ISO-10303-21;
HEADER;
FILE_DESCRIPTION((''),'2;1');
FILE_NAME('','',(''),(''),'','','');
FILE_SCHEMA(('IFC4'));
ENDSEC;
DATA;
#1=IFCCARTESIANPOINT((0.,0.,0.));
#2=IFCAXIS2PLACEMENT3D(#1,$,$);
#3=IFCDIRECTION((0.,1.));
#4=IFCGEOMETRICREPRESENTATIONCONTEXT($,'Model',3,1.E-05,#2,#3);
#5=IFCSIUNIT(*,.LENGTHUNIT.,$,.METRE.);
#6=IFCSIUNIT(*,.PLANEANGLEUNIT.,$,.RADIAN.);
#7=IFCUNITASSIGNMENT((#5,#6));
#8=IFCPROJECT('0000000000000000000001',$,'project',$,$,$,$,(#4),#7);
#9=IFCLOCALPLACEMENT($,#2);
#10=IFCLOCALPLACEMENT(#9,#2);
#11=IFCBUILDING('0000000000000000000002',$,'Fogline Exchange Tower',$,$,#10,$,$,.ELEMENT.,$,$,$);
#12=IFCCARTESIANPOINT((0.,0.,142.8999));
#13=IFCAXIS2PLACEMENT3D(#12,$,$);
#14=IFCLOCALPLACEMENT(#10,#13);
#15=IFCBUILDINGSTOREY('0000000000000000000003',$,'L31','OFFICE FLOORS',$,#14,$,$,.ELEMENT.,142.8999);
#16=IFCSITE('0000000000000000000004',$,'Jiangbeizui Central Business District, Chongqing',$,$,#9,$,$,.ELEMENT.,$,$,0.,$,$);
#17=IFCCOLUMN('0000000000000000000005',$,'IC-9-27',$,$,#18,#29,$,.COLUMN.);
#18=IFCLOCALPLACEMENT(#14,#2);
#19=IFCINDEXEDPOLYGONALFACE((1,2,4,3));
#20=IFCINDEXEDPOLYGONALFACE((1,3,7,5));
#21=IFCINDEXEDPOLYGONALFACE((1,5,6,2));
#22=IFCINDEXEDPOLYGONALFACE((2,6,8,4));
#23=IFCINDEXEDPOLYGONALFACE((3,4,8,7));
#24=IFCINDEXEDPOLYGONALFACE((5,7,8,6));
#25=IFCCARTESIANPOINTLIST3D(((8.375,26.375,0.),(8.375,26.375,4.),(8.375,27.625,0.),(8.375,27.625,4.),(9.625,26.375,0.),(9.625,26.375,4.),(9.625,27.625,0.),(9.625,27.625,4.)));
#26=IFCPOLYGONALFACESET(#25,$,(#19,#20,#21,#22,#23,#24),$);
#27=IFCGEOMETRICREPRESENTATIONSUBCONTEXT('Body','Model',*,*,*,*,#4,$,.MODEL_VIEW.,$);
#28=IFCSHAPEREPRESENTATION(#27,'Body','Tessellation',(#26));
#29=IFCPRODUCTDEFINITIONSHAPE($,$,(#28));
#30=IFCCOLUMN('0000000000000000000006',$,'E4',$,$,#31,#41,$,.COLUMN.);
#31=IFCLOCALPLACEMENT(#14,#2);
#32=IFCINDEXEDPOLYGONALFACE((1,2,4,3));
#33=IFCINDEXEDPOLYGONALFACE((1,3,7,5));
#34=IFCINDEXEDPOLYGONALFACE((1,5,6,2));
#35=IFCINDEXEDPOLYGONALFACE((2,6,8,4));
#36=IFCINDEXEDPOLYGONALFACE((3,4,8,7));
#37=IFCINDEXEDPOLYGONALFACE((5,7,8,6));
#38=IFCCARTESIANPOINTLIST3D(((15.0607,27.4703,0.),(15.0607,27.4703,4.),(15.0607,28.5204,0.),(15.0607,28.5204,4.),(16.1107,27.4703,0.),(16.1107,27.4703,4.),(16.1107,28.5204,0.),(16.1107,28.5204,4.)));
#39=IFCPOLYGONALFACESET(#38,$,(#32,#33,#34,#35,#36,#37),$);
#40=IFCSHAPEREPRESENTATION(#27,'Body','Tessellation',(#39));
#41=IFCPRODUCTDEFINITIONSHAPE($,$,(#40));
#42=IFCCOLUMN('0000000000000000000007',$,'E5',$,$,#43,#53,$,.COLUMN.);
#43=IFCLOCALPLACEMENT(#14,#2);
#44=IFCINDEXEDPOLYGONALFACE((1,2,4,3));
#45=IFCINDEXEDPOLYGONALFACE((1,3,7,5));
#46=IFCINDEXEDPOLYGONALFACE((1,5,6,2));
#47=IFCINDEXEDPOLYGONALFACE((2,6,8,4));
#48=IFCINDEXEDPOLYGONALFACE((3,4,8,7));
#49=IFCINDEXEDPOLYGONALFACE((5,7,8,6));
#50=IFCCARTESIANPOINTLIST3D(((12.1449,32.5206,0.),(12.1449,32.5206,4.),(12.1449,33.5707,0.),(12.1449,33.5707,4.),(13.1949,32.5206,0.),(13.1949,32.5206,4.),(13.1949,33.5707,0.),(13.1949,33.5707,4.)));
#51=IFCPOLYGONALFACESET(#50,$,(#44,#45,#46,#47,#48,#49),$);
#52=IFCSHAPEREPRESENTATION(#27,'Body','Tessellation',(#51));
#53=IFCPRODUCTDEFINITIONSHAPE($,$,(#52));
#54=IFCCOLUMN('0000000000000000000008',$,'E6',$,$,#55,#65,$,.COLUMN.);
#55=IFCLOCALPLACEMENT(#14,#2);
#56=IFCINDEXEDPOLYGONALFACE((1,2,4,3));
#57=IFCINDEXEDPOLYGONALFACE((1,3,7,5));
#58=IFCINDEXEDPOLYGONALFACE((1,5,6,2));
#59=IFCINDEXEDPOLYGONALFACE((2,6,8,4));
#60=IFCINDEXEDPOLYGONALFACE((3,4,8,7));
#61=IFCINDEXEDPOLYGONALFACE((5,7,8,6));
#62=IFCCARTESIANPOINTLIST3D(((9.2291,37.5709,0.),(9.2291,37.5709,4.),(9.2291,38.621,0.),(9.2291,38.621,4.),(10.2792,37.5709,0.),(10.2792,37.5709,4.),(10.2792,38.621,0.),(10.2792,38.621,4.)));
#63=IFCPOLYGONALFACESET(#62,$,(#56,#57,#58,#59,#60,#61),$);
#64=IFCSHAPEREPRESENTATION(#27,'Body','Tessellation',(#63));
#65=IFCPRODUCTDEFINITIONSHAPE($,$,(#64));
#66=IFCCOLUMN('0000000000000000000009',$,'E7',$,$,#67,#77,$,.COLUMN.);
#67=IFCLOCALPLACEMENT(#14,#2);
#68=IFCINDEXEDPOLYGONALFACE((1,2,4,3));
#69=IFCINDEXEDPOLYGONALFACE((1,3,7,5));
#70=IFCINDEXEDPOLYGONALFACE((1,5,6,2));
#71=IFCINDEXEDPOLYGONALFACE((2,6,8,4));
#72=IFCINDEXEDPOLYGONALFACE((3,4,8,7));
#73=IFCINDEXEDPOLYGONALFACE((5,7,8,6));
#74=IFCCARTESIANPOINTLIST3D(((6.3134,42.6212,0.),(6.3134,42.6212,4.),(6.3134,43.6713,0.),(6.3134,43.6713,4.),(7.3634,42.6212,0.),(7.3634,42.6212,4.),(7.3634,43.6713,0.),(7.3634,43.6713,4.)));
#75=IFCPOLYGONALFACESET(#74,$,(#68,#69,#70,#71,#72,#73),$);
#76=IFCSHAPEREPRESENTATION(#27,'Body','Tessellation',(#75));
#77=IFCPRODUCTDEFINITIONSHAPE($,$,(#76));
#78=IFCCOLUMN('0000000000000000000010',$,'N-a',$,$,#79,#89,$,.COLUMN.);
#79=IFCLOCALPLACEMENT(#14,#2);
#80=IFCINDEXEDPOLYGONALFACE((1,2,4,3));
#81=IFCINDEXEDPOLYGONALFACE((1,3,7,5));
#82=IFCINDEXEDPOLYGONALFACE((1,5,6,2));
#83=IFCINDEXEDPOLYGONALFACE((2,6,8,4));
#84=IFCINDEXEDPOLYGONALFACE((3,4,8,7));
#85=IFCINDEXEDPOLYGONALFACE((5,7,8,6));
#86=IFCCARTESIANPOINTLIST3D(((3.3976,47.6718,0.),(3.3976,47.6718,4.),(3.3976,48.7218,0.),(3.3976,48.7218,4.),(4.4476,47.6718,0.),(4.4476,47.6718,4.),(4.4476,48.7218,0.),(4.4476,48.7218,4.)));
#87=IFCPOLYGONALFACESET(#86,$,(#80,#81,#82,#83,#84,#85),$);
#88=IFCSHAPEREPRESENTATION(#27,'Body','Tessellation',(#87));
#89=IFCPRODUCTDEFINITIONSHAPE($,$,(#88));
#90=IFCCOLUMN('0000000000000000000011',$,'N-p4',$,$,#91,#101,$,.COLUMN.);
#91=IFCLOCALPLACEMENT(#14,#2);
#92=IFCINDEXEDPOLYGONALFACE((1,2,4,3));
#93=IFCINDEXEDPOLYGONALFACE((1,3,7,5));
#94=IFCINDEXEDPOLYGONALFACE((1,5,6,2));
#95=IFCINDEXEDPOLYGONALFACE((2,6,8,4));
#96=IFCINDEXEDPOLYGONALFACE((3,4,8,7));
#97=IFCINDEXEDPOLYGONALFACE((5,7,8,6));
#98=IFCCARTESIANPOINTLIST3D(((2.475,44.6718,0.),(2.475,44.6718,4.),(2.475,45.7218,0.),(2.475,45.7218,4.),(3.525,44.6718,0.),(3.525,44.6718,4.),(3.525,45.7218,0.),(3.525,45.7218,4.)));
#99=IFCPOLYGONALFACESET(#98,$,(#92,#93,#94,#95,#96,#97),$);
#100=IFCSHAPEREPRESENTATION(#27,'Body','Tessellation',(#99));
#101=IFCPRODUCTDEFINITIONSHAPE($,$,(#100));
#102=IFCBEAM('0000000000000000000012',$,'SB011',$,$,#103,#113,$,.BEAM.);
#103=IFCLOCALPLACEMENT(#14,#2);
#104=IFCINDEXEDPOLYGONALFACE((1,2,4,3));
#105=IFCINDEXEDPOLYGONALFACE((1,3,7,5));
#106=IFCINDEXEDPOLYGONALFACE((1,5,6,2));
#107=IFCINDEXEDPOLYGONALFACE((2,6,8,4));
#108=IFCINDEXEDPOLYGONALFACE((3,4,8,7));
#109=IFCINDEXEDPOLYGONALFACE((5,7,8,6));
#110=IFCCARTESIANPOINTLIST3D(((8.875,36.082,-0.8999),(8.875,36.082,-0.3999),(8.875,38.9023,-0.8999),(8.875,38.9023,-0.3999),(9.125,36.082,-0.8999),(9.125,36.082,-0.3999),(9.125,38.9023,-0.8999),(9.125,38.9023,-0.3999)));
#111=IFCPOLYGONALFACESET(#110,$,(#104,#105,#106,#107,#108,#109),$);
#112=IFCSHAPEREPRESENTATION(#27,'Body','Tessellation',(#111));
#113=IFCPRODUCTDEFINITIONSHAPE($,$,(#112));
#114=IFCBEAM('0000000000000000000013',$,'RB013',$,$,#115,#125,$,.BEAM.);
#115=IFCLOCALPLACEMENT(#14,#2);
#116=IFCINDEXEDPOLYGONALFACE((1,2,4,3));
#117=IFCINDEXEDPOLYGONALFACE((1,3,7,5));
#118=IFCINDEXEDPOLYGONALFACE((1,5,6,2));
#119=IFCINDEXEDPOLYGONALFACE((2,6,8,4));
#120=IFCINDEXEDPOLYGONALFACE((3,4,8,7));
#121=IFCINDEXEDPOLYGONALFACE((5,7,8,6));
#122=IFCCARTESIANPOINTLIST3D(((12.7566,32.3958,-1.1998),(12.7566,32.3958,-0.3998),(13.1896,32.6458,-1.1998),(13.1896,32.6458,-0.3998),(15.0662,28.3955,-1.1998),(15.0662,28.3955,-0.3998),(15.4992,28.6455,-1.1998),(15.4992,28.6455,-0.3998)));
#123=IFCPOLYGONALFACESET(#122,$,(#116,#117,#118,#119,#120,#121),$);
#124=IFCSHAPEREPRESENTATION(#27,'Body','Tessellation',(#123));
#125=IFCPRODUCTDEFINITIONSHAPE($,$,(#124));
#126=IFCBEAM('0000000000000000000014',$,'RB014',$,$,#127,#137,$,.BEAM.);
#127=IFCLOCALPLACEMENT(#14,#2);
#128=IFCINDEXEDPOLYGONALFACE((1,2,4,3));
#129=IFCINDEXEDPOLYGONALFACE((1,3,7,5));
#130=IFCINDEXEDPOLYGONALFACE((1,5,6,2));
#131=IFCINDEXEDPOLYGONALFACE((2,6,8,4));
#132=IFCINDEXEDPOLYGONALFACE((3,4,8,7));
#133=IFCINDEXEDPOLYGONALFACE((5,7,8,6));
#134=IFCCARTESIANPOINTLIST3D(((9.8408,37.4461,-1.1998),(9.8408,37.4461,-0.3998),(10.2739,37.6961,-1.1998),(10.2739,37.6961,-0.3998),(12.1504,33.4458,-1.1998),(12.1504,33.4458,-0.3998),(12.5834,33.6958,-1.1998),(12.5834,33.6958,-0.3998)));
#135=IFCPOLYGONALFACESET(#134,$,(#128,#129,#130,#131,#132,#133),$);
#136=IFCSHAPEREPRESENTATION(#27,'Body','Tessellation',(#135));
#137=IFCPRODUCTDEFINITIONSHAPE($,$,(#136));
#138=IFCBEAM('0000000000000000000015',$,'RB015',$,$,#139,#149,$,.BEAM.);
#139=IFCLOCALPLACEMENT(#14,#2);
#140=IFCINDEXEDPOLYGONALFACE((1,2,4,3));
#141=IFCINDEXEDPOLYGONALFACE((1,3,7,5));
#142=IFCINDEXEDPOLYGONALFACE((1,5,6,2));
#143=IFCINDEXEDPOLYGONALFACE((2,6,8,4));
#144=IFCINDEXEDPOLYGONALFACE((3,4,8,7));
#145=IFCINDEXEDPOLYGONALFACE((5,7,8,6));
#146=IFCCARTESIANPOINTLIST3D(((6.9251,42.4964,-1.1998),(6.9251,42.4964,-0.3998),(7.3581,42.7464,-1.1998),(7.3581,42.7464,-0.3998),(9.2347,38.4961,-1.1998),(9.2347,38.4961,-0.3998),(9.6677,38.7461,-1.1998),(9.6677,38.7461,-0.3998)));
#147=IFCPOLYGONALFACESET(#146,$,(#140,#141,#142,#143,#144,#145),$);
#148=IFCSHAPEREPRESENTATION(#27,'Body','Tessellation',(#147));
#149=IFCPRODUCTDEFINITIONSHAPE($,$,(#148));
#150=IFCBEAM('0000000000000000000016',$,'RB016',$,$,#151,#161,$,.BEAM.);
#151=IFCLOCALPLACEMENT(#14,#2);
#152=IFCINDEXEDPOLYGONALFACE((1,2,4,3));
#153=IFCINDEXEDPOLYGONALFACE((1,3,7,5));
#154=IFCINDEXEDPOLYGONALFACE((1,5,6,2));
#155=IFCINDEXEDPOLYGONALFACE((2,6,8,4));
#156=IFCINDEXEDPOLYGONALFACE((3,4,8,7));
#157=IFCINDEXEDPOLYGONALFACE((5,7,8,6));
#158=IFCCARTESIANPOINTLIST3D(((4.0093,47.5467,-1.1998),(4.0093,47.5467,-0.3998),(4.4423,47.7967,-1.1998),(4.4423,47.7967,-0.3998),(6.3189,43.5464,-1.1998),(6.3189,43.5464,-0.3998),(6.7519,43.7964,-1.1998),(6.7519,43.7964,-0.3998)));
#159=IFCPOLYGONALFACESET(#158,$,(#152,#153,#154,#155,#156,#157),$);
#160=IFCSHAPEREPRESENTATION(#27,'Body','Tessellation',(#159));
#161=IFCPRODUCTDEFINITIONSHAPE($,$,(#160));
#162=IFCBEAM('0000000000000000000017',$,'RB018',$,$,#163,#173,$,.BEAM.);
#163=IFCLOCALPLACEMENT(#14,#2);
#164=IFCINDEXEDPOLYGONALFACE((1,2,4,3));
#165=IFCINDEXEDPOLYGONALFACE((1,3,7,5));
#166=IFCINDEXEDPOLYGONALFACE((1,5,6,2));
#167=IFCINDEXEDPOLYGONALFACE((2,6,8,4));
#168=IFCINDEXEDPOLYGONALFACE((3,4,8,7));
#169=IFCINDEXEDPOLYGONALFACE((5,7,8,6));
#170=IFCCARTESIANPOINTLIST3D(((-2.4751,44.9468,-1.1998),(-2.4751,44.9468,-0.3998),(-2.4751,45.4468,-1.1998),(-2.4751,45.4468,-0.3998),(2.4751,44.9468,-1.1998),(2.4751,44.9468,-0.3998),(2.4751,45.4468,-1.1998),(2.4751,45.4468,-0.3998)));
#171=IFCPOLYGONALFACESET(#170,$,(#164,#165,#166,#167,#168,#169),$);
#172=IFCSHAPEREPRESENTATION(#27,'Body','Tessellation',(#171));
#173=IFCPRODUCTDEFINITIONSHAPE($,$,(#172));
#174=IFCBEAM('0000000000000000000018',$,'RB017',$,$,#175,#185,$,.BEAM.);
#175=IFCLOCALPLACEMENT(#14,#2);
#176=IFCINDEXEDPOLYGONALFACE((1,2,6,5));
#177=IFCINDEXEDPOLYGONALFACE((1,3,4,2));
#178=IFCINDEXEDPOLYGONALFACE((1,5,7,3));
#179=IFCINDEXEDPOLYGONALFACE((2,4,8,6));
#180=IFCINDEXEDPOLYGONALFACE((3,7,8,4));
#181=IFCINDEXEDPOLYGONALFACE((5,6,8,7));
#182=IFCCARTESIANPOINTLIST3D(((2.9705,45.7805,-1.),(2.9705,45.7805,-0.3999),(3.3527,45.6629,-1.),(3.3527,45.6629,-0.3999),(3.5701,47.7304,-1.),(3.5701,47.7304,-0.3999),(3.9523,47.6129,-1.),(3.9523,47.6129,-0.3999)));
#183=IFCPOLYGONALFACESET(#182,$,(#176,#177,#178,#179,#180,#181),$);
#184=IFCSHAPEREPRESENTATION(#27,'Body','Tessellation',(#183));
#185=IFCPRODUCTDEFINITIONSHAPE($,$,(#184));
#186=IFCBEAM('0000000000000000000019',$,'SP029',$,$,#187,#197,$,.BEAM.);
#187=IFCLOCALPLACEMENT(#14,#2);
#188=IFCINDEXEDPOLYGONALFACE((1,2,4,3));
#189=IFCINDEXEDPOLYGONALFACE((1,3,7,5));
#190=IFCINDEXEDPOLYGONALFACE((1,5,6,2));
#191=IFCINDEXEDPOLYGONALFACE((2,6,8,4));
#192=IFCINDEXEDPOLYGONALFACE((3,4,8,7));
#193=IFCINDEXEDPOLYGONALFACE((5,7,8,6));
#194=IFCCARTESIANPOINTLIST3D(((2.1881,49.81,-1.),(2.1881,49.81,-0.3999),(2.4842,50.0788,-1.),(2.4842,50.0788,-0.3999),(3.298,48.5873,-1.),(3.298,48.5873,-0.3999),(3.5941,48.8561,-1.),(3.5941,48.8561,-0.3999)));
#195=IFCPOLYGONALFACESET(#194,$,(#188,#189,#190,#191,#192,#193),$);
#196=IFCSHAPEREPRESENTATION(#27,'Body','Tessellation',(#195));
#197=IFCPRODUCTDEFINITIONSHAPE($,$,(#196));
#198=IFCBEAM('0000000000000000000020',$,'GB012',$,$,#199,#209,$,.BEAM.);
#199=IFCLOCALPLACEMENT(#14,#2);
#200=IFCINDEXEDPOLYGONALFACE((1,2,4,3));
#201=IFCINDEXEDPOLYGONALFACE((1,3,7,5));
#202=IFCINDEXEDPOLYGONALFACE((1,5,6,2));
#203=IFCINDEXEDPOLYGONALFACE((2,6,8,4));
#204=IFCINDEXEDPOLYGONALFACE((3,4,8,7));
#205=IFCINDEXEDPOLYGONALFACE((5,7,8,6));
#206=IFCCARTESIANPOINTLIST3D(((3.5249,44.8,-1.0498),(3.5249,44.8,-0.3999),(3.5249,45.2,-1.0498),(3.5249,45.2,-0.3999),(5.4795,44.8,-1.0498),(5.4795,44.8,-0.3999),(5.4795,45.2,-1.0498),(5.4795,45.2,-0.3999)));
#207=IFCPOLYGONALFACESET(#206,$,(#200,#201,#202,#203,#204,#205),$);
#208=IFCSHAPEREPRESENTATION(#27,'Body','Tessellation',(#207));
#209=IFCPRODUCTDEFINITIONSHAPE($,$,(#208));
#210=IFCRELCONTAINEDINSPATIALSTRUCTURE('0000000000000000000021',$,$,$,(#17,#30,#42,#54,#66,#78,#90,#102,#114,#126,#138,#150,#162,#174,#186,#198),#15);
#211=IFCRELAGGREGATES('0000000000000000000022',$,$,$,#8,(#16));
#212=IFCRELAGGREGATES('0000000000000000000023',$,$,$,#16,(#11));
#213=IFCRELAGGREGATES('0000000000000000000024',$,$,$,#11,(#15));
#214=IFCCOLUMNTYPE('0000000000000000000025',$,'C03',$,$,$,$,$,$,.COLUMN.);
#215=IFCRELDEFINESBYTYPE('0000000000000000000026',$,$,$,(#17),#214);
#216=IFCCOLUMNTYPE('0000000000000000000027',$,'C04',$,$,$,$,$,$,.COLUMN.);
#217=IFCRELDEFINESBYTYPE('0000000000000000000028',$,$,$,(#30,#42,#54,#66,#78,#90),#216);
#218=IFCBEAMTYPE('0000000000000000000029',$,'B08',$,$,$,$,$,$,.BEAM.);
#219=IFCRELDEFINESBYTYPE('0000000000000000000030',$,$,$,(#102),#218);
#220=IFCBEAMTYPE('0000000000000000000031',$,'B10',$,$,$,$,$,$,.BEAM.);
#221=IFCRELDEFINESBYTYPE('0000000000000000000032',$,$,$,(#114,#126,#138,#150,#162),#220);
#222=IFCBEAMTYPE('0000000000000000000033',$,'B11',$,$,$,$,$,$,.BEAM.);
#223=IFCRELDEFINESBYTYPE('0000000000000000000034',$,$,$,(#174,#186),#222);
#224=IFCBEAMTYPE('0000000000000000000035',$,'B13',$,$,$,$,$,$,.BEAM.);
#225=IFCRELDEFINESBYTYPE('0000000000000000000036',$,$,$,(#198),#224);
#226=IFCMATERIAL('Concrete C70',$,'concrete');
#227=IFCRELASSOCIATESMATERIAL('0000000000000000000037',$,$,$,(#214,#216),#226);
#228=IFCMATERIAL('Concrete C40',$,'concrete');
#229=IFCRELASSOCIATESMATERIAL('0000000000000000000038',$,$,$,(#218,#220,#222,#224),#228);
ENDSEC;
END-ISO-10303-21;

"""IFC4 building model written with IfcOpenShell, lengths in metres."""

from ifc_helpers import new_model, si_unit, direction, frame, origin, origin_2d, place, context, subcontext, project, spatial, rectangle, extrude, material, material_profile, profile_set, type_object, element, save


model = new_model("IFC4")

# Units and contexts
model_context = context("Model", 3, precision=1e-05, world=origin(), true_north=direction((0.0, 1.0)))
body_context = subcontext(model_context, "Body", "Model", "MODEL_VIEW")
ifc_project = project(units=[si_unit("LENGTHUNIT", "METRE"), si_unit("PLANEANGLEUNIT", "RADIAN")], contexts=[model_context])

# Site, building, storey
site_placement = place(None, origin())
site = spatial("IfcSite", under=ifc_project, at=site_placement, Name="Jiangbeizui Central Business District, Chongqing", CompositionType="ELEMENT", RefElevation=0.0)
building_placement = place(site_placement, origin())
building = spatial("IfcBuilding", under=site, at=building_placement, Name="Fogline Exchange Tower", CompositionType="ELEMENT")
storey_placement = place(building_placement, frame((0.0, 0.0, 142.8999)))
storey = spatial("IfcBuildingStorey", under=building, at=storey_placement, Name="L31", Description="OFFICE FLOORS", CompositionType="ELEMENT", Elevation=142.8999)

# Columns
ifc_material_1 = material(Name="Concrete C70", Category="concrete")
ifc_material_profile_1 = material_profile(ifc_material_1, rectangle(XDim=1.25, YDim=1.25, at=origin_2d()), Name="RC 1250x1250")
ifc_profile_set_1 = profile_set([ifc_material_profile_1], Name="Concrete C70")
column_type_1 = type_object("IfcColumnType", Name="C03", PredefinedType="COLUMN", material=ifc_profile_set_1)
column_placement = place(storey_placement, frame((9.0, 27.0, 0.0), z_axis=(0.0, 0.0, 1.0), x_axis=(1.0, 0.0, 0.0)))
element("IfcColumn", 1, at=column_placement, inside=storey, type_object=column_type_1, Name="IC-9-27", PredefinedType="COLUMN", context=body_context, shape_type="SweptSolid", body=[
    extrude(rectangle(XDim=1.25, YDim=1.25, at=origin_2d()), origin(), (0.0, 0.0, 1.0), 4.0),
])
ifc_material_profile_2 = material_profile(ifc_material_1, rectangle(XDim=1.05, YDim=1.05, at=origin_2d()), Name="RC 1050x1050")
ifc_profile_set_2 = profile_set([ifc_material_profile_2], Name="Concrete C70")
column_type_2 = type_object("IfcColumnType", Name="C04", PredefinedType="COLUMN", material=ifc_profile_set_2)
for number, where, z_axis, x_axis, name in (
    (2, (15.5857, 27.9954, 0.0), (0.0, 0.0, 1.0), (1.0, 0.0, 0.0), "E4"),
    (3, (12.6699, 33.0457, 0.0), (0.0, 0.0, 1.0), (1.0, 0.0, 0.0), "E5"),
    (4, (9.7542, 38.0959, 0.0), (0.0, 0.0, 1.0), (1.0, 0.0, 0.0), "E6"),
    (5, (6.8384, 43.1462, 0.0), (0.0, 0.0, 1.0), (1.0, 0.0, 0.0), "E7"),
    (6, (3.9226, 48.1968, 0.0), (0.0, 0.0, 1.0), (1.0, 0.0, 0.0), "N-a"),
    (7, (3.0, 45.1968, 0.0), (0.0, 0.0, 1.0), (1.0, 0.0, 0.0), "N-p4"),
):
    element("IfcColumn", number, at=place(storey_placement, frame(where, z_axis=z_axis, x_axis=x_axis)), inside=storey, type_object=column_type_2, Name=name, PredefinedType="COLUMN", context=body_context, shape_type="SweptSolid", body=[
        extrude(rectangle(XDim=1.05, YDim=1.05, at=origin_2d()), origin(), (0.0, 0.0, 1.0), 4.0),
    ])

# Beams
ifc_material_2 = material(Name="Concrete C40", Category="concrete")
ifc_material_profile_3 = material_profile(ifc_material_2, rectangle(XDim=0.25, YDim=0.5, at=origin_2d()), Name="RC 250x500")
ifc_profile_set_3 = profile_set([ifc_material_profile_3], Name="Concrete C40")
beam_type_1 = type_object("IfcBeamType", Name="B08", PredefinedType="BEAM", material=ifc_profile_set_3)
beam_1_placement = place(storey_placement, frame((9.0, 36.082, -0.6499), z_axis=(0.0, 1.0, 0.0), x_axis=(-1.0, 0.0, 0.0)))
element("IfcBeam", 8, at=beam_1_placement, inside=storey, type_object=beam_type_1, Name="SB011", PredefinedType="BEAM", context=body_context, shape_type="SweptSolid", body=[
    extrude(rectangle(XDim=0.25, YDim=0.5, at=origin_2d()), origin(), (0.0, 0.0, 1.0), 2.8203),
])
ifc_material_profile_4 = material_profile(ifc_material_2, rectangle(XDim=0.5, YDim=0.8, at=origin_2d()), Name="RC 500x800")
ifc_profile_set_4 = profile_set([ifc_material_profile_4], Name="Concrete C40")
beam_type_2 = type_object("IfcBeamType", Name="B10", PredefinedType="BEAM", material=ifc_profile_set_4)
for number, where, z_axis, x_axis, name in (
    (9, (15.2827, 28.5205, -0.7998), (-0.500005, 0.866023, 0.0), (-0.866023, -0.500005, 0.0), "RB013"),
    (10, (12.3669, 33.5708, -0.7998), (-0.500005, 0.866023, 0.0), (-0.866023, -0.500005, 0.0), "RB014"),
    (11, (9.4512, 38.6211, -0.7998), (-0.500005, 0.866023, 0.0), (-0.866023, -0.500005, 0.0), "RB015"),
    (12, (6.5354, 43.6714, -0.7998), (-0.500005, 0.866023, 0.0), (-0.866023, -0.500005, 0.0), "RB016"),
):
    element("IfcBeam", number, at=place(storey_placement, frame(where, z_axis=z_axis, x_axis=x_axis)), inside=storey, type_object=beam_type_2, Name=name, PredefinedType="BEAM", context=body_context, shape_type="SweptSolid", body=[
        extrude(rectangle(XDim=0.5, YDim=0.8, at=origin_2d()), origin(), (0.0, 0.0, 1.0), 4.6191),
    ])
beam_2_placement = place(storey_placement, frame((2.4751, 45.1968, -0.7998), z_axis=(-1.0, 0.0, 0.0), x_axis=(0.0, -1.0, 0.0)))
element("IfcBeam", 13, at=beam_2_placement, inside=storey, type_object=beam_type_2, Name="RB018", PredefinedType="BEAM", context=body_context, shape_type="SweptSolid", body=[
    extrude(rectangle(XDim=0.5, YDim=0.8, at=origin_2d()), origin(), (0.0, 0.0, 1.0), 4.9502),
])
ifc_material_profile_5 = material_profile(ifc_material_2, rectangle(XDim=0.3999, YDim=0.6001, at=origin_2d()), Name="RC 400x600")
ifc_profile_set_5 = profile_set([ifc_material_profile_5], Name="Concrete C40")
beam_type_3 = type_object("IfcBeamType", Name="B11", PredefinedType="BEAM", material=ifc_profile_set_5)
beam_3_placement = place(storey_placement, frame((3.7612, 47.6716, -0.7), z_axis=(-0.293918, -0.955831, 0.0), x_axis=(0.955831, -0.293918, 0.0)))
element("IfcBeam", 14, at=beam_3_placement, inside=storey, type_object=beam_type_3, Name="RB017", PredefinedType="BEAM", context=body_context, shape_type="SweptSolid", body=[
    extrude(rectangle(XDim=0.3999, YDim=0.6001, at=origin_2d()), origin(), (0.0, 0.0, 1.0), 2.04),
])
beam_4_placement = place(storey_placement, frame((3.446, 48.7217, -0.7), z_axis=(-0.672128, 0.740435, 0.0), x_axis=(-0.740435, -0.672128, 0.0)))
element("IfcBeam", 15, at=beam_4_placement, inside=storey, type_object=beam_type_3, Name="SP029", PredefinedType="BEAM", context=body_context, shape_type="SweptSolid", body=[
    extrude(rectangle(XDim=0.3999, YDim=0.6001, at=origin_2d()), origin(), (0.0, 0.0, 1.0), 1.6514),
])
ifc_material_profile_6 = material_profile(ifc_material_2, rectangle(XDim=0.3999, YDim=0.6499, at=origin_2d()), Name="RC 400x650")
ifc_profile_set_6 = profile_set([ifc_material_profile_6], Name="Concrete C40")
beam_type_4 = type_object("IfcBeamType", Name="B13", PredefinedType="BEAM", material=ifc_profile_set_6)
beam_5_placement = place(storey_placement, frame((3.5249, 45.0, -0.7249), z_axis=(1.0, 0.0, 0.0), x_axis=(0.0, 1.0, 0.0)))
element("IfcBeam", 16, at=beam_5_placement, inside=storey, type_object=beam_type_4, Name="GB012", PredefinedType="BEAM", context=body_context, shape_type="SweptSolid", body=[
    extrude(rectangle(XDim=0.3999, YDim=0.6499, at=origin_2d()), origin(), (0.0, 0.0, 1.0), 1.9546),
])

save(model, "model.ifc")
